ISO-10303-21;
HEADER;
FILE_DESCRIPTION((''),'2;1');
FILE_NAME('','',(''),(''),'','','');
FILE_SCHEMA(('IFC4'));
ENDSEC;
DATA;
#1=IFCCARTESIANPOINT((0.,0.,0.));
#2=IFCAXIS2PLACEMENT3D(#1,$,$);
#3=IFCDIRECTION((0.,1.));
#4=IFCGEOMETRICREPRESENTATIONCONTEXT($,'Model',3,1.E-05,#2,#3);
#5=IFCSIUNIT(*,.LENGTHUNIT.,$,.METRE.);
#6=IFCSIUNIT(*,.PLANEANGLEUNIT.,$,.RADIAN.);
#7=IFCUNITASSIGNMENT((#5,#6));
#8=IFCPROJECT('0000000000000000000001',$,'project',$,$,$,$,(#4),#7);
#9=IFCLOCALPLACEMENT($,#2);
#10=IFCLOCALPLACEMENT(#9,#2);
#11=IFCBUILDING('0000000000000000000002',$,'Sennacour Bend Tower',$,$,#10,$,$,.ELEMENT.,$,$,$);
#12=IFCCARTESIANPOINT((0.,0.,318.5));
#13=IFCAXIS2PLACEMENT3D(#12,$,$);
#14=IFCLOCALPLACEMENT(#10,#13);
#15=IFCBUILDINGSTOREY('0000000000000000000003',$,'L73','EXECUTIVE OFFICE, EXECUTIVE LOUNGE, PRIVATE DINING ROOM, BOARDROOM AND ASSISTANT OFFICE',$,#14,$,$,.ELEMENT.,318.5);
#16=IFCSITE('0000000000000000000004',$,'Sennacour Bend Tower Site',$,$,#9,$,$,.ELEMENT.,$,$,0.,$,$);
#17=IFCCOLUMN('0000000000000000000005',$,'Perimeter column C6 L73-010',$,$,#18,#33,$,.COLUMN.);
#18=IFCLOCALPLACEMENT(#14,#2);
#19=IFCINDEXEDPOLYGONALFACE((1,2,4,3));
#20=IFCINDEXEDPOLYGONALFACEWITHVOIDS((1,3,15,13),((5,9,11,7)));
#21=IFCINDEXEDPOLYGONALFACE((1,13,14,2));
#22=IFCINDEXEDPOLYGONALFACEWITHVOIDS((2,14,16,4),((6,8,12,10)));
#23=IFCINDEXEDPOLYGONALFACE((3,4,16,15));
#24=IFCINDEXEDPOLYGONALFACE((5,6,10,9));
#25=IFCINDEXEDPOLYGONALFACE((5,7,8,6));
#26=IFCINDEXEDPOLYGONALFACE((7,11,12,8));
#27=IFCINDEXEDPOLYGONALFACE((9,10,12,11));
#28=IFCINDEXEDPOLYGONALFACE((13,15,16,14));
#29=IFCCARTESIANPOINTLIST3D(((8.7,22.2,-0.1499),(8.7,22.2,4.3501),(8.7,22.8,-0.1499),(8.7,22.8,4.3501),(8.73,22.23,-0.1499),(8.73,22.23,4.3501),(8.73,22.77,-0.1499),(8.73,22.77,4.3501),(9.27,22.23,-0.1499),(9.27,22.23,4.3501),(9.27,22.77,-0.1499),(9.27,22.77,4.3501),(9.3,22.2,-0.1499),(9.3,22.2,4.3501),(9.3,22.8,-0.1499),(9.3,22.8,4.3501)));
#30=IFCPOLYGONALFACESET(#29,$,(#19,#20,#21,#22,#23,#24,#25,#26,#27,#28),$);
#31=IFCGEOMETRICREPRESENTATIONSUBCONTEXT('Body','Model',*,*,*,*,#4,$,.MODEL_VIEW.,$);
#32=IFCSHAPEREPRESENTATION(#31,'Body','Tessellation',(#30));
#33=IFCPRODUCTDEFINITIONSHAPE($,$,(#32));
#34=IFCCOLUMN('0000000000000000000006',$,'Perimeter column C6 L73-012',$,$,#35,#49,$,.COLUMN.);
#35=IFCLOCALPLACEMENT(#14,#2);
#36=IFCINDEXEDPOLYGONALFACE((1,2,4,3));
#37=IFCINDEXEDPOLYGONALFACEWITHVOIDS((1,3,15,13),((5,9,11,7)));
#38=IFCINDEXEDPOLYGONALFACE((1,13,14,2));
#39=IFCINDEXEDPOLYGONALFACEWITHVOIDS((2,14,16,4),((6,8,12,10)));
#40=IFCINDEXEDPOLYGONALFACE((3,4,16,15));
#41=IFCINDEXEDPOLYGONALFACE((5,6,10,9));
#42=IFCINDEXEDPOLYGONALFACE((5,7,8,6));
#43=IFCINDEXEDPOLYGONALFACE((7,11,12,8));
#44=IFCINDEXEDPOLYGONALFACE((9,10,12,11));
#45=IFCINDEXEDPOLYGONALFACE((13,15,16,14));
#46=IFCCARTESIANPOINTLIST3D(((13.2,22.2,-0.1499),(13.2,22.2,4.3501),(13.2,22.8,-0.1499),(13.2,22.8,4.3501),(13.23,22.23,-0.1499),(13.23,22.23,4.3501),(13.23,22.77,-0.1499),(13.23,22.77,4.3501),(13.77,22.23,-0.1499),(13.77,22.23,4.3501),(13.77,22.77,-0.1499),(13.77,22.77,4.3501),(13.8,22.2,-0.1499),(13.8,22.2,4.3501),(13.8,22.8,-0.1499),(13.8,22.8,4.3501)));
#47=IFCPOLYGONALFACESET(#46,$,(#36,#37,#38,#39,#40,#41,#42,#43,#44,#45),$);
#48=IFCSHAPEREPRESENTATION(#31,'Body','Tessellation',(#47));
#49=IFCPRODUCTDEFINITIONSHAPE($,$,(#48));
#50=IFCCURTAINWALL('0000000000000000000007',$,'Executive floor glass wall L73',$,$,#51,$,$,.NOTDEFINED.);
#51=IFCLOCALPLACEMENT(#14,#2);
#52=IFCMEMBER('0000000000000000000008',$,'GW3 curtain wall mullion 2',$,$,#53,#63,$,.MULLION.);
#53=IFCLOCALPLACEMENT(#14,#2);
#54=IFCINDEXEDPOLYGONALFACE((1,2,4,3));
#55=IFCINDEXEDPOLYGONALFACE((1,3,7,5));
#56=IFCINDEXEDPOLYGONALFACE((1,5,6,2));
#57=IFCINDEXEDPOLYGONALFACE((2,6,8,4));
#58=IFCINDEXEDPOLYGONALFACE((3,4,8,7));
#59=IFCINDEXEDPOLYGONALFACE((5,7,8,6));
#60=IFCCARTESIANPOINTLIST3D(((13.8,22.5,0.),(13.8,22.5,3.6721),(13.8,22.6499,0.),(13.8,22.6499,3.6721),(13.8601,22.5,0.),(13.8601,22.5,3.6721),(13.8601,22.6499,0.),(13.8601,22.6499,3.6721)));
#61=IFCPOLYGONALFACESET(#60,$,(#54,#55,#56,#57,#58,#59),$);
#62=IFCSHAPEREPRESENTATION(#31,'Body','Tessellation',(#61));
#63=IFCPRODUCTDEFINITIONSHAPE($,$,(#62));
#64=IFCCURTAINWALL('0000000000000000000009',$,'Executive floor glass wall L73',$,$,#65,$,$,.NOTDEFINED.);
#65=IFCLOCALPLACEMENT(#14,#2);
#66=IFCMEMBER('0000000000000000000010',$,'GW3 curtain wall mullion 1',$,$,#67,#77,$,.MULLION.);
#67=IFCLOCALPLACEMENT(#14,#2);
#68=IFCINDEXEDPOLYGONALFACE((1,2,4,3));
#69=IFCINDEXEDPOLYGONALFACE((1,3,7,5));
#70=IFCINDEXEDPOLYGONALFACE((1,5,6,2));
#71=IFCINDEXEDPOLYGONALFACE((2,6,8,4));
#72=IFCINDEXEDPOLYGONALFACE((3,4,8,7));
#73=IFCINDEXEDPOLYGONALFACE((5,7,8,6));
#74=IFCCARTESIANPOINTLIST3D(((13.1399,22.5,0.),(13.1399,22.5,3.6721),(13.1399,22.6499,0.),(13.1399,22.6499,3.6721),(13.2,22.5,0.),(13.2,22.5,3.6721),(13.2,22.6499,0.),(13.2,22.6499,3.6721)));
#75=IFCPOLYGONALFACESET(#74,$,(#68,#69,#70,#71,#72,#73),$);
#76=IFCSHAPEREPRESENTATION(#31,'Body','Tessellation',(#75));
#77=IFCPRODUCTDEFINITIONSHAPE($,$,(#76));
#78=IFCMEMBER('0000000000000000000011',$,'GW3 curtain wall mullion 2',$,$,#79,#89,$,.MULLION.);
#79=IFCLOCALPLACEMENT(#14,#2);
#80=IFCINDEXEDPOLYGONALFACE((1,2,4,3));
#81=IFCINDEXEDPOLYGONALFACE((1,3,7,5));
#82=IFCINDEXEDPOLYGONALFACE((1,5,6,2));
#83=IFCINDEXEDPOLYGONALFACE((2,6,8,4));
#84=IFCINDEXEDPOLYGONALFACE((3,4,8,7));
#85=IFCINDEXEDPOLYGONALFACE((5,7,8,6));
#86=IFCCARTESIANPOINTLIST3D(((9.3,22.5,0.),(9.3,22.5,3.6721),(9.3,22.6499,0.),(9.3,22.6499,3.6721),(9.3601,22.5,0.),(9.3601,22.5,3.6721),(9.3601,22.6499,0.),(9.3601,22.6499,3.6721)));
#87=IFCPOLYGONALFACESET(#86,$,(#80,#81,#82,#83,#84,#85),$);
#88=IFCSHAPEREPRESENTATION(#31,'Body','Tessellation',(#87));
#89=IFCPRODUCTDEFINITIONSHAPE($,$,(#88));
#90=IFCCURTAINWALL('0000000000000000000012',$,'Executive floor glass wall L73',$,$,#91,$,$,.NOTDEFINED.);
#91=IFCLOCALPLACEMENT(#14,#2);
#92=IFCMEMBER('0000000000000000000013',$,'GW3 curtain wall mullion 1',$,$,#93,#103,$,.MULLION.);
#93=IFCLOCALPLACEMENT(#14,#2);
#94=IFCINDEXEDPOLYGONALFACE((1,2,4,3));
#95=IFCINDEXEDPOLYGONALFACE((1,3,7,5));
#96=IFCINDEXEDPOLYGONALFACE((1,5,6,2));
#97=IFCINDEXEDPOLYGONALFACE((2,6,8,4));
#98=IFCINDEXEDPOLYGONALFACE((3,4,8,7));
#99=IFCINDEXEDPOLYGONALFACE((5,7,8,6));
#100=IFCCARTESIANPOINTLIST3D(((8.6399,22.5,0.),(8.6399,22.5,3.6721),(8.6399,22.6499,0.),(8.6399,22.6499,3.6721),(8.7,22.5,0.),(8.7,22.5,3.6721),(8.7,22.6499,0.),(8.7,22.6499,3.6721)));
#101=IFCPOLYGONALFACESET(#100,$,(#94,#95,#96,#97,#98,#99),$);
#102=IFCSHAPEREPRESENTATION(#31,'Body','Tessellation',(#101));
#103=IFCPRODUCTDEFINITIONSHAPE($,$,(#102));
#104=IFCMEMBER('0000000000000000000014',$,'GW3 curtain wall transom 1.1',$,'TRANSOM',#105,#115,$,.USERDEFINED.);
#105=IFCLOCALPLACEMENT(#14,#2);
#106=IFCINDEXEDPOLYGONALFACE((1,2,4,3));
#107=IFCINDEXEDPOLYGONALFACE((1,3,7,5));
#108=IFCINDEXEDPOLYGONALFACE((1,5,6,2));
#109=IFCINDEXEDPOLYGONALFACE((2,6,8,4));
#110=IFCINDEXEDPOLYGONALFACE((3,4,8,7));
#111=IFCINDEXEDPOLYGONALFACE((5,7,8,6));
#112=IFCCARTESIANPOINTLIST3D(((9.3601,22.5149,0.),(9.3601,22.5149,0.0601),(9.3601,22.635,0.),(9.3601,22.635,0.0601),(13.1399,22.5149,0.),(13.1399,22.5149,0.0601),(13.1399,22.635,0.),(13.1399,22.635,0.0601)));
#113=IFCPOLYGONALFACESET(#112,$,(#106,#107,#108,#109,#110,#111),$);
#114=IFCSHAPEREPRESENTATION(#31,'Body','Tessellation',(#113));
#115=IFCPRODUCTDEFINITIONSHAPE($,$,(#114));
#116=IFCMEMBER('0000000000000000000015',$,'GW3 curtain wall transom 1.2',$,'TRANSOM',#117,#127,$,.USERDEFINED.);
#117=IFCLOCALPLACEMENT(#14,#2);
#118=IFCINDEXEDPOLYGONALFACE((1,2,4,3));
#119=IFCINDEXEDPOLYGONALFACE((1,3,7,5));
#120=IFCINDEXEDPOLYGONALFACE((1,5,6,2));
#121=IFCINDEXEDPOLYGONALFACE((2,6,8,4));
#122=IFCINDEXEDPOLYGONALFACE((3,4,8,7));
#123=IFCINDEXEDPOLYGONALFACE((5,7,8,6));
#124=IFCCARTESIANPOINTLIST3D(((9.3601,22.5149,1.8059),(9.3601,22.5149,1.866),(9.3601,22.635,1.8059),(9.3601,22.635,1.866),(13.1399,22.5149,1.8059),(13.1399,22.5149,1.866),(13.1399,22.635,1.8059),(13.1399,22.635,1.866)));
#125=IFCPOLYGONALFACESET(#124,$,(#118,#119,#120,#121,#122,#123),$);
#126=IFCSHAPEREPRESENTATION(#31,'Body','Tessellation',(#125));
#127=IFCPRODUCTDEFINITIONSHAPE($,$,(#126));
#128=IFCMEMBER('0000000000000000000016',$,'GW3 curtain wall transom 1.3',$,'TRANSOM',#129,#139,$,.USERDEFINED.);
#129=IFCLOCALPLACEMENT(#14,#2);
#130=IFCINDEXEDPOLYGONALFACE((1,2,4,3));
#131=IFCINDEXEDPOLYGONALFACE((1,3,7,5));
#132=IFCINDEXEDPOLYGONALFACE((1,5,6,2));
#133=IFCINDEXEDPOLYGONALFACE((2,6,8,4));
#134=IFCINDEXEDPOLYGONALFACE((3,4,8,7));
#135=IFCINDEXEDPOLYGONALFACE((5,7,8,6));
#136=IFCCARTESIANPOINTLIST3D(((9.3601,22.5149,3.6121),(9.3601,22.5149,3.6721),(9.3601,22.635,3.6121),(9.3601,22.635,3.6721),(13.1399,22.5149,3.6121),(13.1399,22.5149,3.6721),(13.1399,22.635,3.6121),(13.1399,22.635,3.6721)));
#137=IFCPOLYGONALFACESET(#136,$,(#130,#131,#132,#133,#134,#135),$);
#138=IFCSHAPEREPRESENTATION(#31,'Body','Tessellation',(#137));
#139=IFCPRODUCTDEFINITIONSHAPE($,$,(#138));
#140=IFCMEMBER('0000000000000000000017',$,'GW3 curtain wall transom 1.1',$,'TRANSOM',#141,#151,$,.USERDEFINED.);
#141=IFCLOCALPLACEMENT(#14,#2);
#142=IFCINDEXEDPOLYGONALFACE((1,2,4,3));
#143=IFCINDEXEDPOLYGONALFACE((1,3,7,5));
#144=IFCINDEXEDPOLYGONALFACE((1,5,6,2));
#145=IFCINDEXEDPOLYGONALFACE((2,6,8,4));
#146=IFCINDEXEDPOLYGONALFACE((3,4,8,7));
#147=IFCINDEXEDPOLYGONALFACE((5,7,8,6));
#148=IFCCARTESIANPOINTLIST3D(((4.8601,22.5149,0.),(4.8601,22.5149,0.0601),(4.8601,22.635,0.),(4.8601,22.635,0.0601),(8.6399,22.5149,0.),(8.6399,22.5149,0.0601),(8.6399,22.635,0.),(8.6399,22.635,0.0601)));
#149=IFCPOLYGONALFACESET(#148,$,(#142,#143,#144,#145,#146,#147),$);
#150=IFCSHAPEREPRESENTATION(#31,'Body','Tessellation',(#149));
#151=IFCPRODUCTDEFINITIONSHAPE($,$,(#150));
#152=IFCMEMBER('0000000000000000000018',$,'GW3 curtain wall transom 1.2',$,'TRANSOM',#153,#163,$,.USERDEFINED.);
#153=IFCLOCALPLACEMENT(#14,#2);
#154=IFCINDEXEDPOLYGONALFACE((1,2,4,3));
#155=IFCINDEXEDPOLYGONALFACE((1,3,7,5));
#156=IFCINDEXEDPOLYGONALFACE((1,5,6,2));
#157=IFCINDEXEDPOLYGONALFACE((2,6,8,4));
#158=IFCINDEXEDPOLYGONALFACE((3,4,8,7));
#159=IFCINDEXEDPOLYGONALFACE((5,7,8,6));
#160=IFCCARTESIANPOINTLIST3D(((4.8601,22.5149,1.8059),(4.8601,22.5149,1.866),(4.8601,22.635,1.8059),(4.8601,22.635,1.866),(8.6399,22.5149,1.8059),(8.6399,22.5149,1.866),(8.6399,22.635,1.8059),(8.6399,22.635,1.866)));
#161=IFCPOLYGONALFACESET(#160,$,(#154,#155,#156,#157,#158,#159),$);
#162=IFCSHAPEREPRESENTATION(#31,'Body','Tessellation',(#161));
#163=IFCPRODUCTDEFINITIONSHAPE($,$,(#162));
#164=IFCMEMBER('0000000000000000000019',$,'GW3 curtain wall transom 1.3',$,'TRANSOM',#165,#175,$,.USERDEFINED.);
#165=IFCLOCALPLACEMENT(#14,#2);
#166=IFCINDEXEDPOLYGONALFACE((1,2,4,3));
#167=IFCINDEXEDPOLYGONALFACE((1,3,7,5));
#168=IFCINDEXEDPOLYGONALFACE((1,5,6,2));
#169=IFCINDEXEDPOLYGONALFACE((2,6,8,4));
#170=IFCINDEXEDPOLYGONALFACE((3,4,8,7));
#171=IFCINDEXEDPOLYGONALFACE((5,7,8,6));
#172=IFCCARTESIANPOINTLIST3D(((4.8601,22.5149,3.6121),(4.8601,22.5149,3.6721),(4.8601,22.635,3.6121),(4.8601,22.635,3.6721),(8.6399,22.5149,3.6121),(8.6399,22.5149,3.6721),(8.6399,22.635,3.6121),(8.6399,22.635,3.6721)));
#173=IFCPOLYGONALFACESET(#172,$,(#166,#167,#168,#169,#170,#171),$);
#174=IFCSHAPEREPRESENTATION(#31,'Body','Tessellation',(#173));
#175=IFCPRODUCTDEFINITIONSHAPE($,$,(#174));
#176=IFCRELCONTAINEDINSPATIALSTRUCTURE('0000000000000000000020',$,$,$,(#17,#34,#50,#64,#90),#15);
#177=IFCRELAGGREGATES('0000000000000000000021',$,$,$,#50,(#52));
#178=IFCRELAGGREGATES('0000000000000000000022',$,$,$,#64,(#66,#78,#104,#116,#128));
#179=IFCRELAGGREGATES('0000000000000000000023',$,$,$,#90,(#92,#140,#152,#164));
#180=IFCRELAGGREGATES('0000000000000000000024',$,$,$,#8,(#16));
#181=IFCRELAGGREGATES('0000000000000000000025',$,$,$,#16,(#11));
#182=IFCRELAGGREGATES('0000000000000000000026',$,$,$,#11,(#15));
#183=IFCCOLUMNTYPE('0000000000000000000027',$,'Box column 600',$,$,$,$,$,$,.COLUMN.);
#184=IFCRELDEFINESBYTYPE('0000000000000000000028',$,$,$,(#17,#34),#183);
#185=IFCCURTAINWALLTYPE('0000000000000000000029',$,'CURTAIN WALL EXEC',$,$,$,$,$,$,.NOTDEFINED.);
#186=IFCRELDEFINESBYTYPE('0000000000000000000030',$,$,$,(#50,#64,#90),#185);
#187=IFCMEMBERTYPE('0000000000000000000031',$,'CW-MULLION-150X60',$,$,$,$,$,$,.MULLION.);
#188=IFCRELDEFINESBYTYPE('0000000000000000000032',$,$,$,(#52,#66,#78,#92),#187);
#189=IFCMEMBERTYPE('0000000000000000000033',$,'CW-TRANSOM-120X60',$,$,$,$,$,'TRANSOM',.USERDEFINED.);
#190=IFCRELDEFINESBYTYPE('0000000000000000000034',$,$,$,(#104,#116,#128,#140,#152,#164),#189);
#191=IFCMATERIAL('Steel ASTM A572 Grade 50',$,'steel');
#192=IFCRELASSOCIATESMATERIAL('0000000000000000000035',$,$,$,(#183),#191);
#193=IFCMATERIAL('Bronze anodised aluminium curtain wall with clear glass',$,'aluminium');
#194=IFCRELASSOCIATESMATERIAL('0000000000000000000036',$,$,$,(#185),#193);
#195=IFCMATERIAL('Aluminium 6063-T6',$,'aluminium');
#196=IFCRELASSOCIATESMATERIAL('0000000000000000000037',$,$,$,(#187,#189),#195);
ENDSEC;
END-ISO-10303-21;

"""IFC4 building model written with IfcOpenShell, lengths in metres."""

from ifc_helpers import new_model, si_unit, direction, frame, origin, origin_2d, place, context, subcontext, project, spatial, rectangle, hollow_rectangle, extrude, material, material_profile, profile_set, type_object, element, aggregate, save


model = new_model("IFC4")

# Units and contexts
model_context = context("Model", 3, precision=1e-05, world=origin(), true_north=direction((0.0, 1.0)))
body_context = subcontext(model_context, "Body", "Model", "MODEL_VIEW")
ifc_project = project(units=[si_unit("LENGTHUNIT", "METRE"), si_unit("PLANEANGLEUNIT", "RADIAN")], contexts=[model_context])

# Site, building, storey
site_placement = place(None, origin())
site = spatial("IfcSite", under=ifc_project, at=site_placement, Name="Sennacour Bend Tower Site", CompositionType="ELEMENT", RefElevation=0.0)
building_placement = place(site_placement, origin())
building = spatial("IfcBuilding", under=site, at=building_placement, Name="Sennacour Bend Tower", CompositionType="ELEMENT")
storey_placement = place(building_placement, frame((0.0, 0.0, 318.5)))
storey = spatial("IfcBuildingStorey", under=building, at=storey_placement, Name="L73", Description="EXECUTIVE OFFICE, EXECUTIVE LOUNGE, PRIVATE DINING ROOM, BOARDROOM AND ASSISTANT OFFICE", CompositionType="ELEMENT", Elevation=318.5)

# Columns
ifc_material_1 = material(Name="Steel ASTM A572 Grade 50", Category="steel")
ifc_material_profile_1 = material_profile(ifc_material_1, hollow_rectangle(XDim=0.6001, YDim=0.6001, WallThickness=0.03, at=origin_2d()), Name="Steel ASTM A572 Grade 50", Category="steel")
ifc_profile_set_1 = profile_set([ifc_material_profile_1], Name="Steel ASTM A572 Grade 50")
column_type = type_object("IfcColumnType", Name="Box column 600", PredefinedType="COLUMN", material=ifc_profile_set_1)
for number, where, z_axis, x_axis, name in (
    (1, (9.0, 22.5, -0.1499), (0.0, 0.0, 1.0), (1.0, 0.0, 0.0), "Perimeter column C6 L73-010"),
    (2, (13.5, 22.5, -0.1499), (0.0, 0.0, 1.0), (1.0, 0.0, 0.0), "Perimeter column C6 L73-012"),
):
    element("IfcColumn", number, at=place(storey_placement, frame(where, z_axis=z_axis, x_axis=x_axis)), inside=storey, type_object=column_type, Name=name, PredefinedType="COLUMN", context=body_context, shape_type="SweptSolid", body=[
        extrude(hollow_rectangle(XDim=0.6001, YDim=0.6001, WallThickness=0.03, at=origin_2d()), origin(), (0.0, 0.0, 1.0), 4.5),
    ])

# Curtain wall, member
ifc_material_2 = material(Name="Bronze anodised aluminium curtain wall with clear glass", Category="aluminium")
curtain_wall_type = type_object("IfcCurtainWallType", Name="CURTAIN WALL EXEC", PredefinedType="NOTDEFINED", material=ifc_material_2)
curtain_wall_1_placement = place(storey_placement, origin())
curtain_wall_1 = element("IfcCurtainWall", 3, at=curtain_wall_1_placement, inside=storey, type_object=curtain_wall_type, Name="Executive floor glass wall L73", PredefinedType="NOTDEFINED")
ifc_material_3 = material(Name="Aluminium 6063-T6", Category="aluminium")
ifc_material_profile_2 = material_profile(ifc_material_3, rectangle(XDim=0.1499, YDim=0.0601, at=origin_2d()), Name="Aluminium 6063-T6", Category="aluminium")
ifc_profile_set_2 = profile_set([ifc_material_profile_2], Name="Aluminium 6063-T6")
member_type_1 = type_object("IfcMemberType", Name="CW-MULLION-150X60", PredefinedType="MULLION", material=ifc_profile_set_2)
member_1_placement = place(storey_placement, frame((13.8301, 22.575, 0.0), z_axis=(0.0, 0.0, 1.0), x_axis=(0.0, -1.0, 0.0)))
member_1 = element("IfcMember", 4, at=member_1_placement, type_object=member_type_1, Name="GW3 curtain wall mullion 2", PredefinedType="MULLION", context=body_context, shape_type="SweptSolid", body=[
    extrude(rectangle(XDim=0.1499, YDim=0.0601, at=origin_2d()), origin(), (0.0, 0.0, 1.0), 3.6721),
])

# Curtain wall, members
curtain_wall_2_placement = place(storey_placement, origin())
curtain_wall_2 = element("IfcCurtainWall", 5, at=curtain_wall_2_placement, inside=storey, type_object=curtain_wall_type, Name="Executive floor glass wall L73", PredefinedType="NOTDEFINED")
member_2_placement = place(storey_placement, frame((13.1699, 22.575, 0.0), z_axis=(0.0, 0.0, 1.0), x_axis=(0.0, -1.0, 0.0)))
member_2 = element("IfcMember", 6, at=member_2_placement, type_object=member_type_1, Name="GW3 curtain wall mullion 1", PredefinedType="MULLION", context=body_context, shape_type="SweptSolid", body=[
    extrude(rectangle(XDim=0.1499, YDim=0.0601, at=origin_2d()), origin(), (0.0, 0.0, 1.0), 3.6721),
])
member_3_placement = place(storey_placement, frame((9.3301, 22.575, 0.0), z_axis=(0.0, 0.0, 1.0), x_axis=(0.0, -1.0, 0.0)))
member_3 = element("IfcMember", 7, at=member_3_placement, type_object=member_type_1, Name="GW3 curtain wall mullion 2", PredefinedType="MULLION", context=body_context, shape_type="SweptSolid", body=[
    extrude(rectangle(XDim=0.1499, YDim=0.0601, at=origin_2d()), origin(), (0.0, 0.0, 1.0), 3.6721),
])

# Curtain wall, member
curtain_wall_3_placement = place(storey_placement, origin())
curtain_wall_3 = element("IfcCurtainWall", 8, at=curtain_wall_3_placement, inside=storey, type_object=curtain_wall_type, Name="Executive floor glass wall L73", PredefinedType="NOTDEFINED")
member_4_placement = place(storey_placement, frame((8.6699, 22.575, 0.0), z_axis=(0.0, 0.0, 1.0), x_axis=(0.0, -1.0, 0.0)))
member_4 = element("IfcMember", 9, at=member_4_placement, type_object=member_type_1, Name="GW3 curtain wall mullion 1", PredefinedType="MULLION", context=body_context, shape_type="SweptSolid", body=[
    extrude(rectangle(XDim=0.1499, YDim=0.0601, at=origin_2d()), origin(), (0.0, 0.0, 1.0), 3.6721),
])

# Members
ifc_material_profile_3 = material_profile(ifc_material_3, rectangle(XDim=0.1201, YDim=0.0601, at=origin_2d()), Name="Aluminium 6063-T6", Category="aluminium")
ifc_profile_set_3 = profile_set([ifc_material_profile_3], Name="Aluminium 6063-T6")
member_type_2 = type_object("IfcMemberType", Name="CW-TRANSOM-120X60", ElementType="TRANSOM", PredefinedType="USERDEFINED", material=ifc_profile_set_3)
member_5_placement = place(storey_placement, frame((13.1399, 22.575, 0.03), z_axis=(-1.0, 0.0, 0.0), x_axis=(0.0, -1.0, 0.0)))
member_5 = element("IfcMember", 10, at=member_5_placement, type_object=member_type_2, Name="GW3 curtain wall transom 1.1", ObjectType="TRANSOM", PredefinedType="USERDEFINED", context=body_context, shape_type="SweptSolid", body=[
    extrude(rectangle(XDim=0.1201, YDim=0.0601, at=origin_2d()), origin(), (0.0, 0.0, 1.0), 3.7798),
])
member_6_placement = place(storey_placement, frame((13.1399, 22.575, 1.8359), z_axis=(-1.0, 0.0, 0.0), x_axis=(0.0, -1.0, 0.0)))
member_6 = element("IfcMember", 11, at=member_6_placement, type_object=member_type_2, Name="GW3 curtain wall transom 1.2", ObjectType="TRANSOM", PredefinedType="USERDEFINED", context=body_context, shape_type="SweptSolid", body=[
    extrude(rectangle(XDim=0.1201, YDim=0.0601, at=origin_2d()), origin(), (0.0, 0.0, 1.0), 3.7798),
])
member_7_placement = place(storey_placement, frame((13.1399, 22.575, 3.6421), z_axis=(-1.0, 0.0, 0.0), x_axis=(0.0, -1.0, 0.0)))
member_7 = element("IfcMember", 12, at=member_7_placement, type_object=member_type_2, Name="GW3 curtain wall transom 1.3", ObjectType="TRANSOM", PredefinedType="USERDEFINED", context=body_context, shape_type="SweptSolid", body=[
    extrude(rectangle(XDim=0.1201, YDim=0.0601, at=origin_2d()), origin(), (0.0, 0.0, 1.0), 3.7798),
])
member_8_placement = place(storey_placement, frame((8.6399, 22.575, 0.03), z_axis=(-1.0, 0.0, 0.0), x_axis=(0.0, -1.0, 0.0)))
member_8 = element("IfcMember", 13, at=member_8_placement, type_object=member_type_2, Name="GW3 curtain wall transom 1.1", ObjectType="TRANSOM", PredefinedType="USERDEFINED", context=body_context, shape_type="SweptSolid", body=[
    extrude(rectangle(XDim=0.1201, YDim=0.0601, at=origin_2d()), origin(), (0.0, 0.0, 1.0), 3.7798),
])
member_9_placement = place(storey_placement, frame((8.6399, 22.575, 1.8359), z_axis=(-1.0, 0.0, 0.0), x_axis=(0.0, -1.0, 0.0)))
member_9 = element("IfcMember", 14, at=member_9_placement, type_object=member_type_2, Name="GW3 curtain wall transom 1.2", ObjectType="TRANSOM", PredefinedType="USERDEFINED", context=body_context, shape_type="SweptSolid", body=[
    extrude(rectangle(XDim=0.1201, YDim=0.0601, at=origin_2d()), origin(), (0.0, 0.0, 1.0), 3.7798),
])
member_10_placement = place(storey_placement, frame((8.6399, 22.575, 3.6421), z_axis=(-1.0, 0.0, 0.0), x_axis=(0.0, -1.0, 0.0)))
member_10 = element("IfcMember", 15, at=member_10_placement, type_object=member_type_2, Name="GW3 curtain wall transom 1.3", ObjectType="TRANSOM", PredefinedType="USERDEFINED", context=body_context, shape_type="SweptSolid", body=[
    extrude(rectangle(XDim=0.1201, YDim=0.0601, at=origin_2d()), origin(), (0.0, 0.0, 1.0), 3.7798),
])

aggregate(curtain_wall_1, [member_1])
aggregate(curtain_wall_2, [member_2, member_3, member_5, member_6, member_7])
aggregate(curtain_wall_3, [member_4, member_8, member_9, member_10])

save(model, "model.ifc")
